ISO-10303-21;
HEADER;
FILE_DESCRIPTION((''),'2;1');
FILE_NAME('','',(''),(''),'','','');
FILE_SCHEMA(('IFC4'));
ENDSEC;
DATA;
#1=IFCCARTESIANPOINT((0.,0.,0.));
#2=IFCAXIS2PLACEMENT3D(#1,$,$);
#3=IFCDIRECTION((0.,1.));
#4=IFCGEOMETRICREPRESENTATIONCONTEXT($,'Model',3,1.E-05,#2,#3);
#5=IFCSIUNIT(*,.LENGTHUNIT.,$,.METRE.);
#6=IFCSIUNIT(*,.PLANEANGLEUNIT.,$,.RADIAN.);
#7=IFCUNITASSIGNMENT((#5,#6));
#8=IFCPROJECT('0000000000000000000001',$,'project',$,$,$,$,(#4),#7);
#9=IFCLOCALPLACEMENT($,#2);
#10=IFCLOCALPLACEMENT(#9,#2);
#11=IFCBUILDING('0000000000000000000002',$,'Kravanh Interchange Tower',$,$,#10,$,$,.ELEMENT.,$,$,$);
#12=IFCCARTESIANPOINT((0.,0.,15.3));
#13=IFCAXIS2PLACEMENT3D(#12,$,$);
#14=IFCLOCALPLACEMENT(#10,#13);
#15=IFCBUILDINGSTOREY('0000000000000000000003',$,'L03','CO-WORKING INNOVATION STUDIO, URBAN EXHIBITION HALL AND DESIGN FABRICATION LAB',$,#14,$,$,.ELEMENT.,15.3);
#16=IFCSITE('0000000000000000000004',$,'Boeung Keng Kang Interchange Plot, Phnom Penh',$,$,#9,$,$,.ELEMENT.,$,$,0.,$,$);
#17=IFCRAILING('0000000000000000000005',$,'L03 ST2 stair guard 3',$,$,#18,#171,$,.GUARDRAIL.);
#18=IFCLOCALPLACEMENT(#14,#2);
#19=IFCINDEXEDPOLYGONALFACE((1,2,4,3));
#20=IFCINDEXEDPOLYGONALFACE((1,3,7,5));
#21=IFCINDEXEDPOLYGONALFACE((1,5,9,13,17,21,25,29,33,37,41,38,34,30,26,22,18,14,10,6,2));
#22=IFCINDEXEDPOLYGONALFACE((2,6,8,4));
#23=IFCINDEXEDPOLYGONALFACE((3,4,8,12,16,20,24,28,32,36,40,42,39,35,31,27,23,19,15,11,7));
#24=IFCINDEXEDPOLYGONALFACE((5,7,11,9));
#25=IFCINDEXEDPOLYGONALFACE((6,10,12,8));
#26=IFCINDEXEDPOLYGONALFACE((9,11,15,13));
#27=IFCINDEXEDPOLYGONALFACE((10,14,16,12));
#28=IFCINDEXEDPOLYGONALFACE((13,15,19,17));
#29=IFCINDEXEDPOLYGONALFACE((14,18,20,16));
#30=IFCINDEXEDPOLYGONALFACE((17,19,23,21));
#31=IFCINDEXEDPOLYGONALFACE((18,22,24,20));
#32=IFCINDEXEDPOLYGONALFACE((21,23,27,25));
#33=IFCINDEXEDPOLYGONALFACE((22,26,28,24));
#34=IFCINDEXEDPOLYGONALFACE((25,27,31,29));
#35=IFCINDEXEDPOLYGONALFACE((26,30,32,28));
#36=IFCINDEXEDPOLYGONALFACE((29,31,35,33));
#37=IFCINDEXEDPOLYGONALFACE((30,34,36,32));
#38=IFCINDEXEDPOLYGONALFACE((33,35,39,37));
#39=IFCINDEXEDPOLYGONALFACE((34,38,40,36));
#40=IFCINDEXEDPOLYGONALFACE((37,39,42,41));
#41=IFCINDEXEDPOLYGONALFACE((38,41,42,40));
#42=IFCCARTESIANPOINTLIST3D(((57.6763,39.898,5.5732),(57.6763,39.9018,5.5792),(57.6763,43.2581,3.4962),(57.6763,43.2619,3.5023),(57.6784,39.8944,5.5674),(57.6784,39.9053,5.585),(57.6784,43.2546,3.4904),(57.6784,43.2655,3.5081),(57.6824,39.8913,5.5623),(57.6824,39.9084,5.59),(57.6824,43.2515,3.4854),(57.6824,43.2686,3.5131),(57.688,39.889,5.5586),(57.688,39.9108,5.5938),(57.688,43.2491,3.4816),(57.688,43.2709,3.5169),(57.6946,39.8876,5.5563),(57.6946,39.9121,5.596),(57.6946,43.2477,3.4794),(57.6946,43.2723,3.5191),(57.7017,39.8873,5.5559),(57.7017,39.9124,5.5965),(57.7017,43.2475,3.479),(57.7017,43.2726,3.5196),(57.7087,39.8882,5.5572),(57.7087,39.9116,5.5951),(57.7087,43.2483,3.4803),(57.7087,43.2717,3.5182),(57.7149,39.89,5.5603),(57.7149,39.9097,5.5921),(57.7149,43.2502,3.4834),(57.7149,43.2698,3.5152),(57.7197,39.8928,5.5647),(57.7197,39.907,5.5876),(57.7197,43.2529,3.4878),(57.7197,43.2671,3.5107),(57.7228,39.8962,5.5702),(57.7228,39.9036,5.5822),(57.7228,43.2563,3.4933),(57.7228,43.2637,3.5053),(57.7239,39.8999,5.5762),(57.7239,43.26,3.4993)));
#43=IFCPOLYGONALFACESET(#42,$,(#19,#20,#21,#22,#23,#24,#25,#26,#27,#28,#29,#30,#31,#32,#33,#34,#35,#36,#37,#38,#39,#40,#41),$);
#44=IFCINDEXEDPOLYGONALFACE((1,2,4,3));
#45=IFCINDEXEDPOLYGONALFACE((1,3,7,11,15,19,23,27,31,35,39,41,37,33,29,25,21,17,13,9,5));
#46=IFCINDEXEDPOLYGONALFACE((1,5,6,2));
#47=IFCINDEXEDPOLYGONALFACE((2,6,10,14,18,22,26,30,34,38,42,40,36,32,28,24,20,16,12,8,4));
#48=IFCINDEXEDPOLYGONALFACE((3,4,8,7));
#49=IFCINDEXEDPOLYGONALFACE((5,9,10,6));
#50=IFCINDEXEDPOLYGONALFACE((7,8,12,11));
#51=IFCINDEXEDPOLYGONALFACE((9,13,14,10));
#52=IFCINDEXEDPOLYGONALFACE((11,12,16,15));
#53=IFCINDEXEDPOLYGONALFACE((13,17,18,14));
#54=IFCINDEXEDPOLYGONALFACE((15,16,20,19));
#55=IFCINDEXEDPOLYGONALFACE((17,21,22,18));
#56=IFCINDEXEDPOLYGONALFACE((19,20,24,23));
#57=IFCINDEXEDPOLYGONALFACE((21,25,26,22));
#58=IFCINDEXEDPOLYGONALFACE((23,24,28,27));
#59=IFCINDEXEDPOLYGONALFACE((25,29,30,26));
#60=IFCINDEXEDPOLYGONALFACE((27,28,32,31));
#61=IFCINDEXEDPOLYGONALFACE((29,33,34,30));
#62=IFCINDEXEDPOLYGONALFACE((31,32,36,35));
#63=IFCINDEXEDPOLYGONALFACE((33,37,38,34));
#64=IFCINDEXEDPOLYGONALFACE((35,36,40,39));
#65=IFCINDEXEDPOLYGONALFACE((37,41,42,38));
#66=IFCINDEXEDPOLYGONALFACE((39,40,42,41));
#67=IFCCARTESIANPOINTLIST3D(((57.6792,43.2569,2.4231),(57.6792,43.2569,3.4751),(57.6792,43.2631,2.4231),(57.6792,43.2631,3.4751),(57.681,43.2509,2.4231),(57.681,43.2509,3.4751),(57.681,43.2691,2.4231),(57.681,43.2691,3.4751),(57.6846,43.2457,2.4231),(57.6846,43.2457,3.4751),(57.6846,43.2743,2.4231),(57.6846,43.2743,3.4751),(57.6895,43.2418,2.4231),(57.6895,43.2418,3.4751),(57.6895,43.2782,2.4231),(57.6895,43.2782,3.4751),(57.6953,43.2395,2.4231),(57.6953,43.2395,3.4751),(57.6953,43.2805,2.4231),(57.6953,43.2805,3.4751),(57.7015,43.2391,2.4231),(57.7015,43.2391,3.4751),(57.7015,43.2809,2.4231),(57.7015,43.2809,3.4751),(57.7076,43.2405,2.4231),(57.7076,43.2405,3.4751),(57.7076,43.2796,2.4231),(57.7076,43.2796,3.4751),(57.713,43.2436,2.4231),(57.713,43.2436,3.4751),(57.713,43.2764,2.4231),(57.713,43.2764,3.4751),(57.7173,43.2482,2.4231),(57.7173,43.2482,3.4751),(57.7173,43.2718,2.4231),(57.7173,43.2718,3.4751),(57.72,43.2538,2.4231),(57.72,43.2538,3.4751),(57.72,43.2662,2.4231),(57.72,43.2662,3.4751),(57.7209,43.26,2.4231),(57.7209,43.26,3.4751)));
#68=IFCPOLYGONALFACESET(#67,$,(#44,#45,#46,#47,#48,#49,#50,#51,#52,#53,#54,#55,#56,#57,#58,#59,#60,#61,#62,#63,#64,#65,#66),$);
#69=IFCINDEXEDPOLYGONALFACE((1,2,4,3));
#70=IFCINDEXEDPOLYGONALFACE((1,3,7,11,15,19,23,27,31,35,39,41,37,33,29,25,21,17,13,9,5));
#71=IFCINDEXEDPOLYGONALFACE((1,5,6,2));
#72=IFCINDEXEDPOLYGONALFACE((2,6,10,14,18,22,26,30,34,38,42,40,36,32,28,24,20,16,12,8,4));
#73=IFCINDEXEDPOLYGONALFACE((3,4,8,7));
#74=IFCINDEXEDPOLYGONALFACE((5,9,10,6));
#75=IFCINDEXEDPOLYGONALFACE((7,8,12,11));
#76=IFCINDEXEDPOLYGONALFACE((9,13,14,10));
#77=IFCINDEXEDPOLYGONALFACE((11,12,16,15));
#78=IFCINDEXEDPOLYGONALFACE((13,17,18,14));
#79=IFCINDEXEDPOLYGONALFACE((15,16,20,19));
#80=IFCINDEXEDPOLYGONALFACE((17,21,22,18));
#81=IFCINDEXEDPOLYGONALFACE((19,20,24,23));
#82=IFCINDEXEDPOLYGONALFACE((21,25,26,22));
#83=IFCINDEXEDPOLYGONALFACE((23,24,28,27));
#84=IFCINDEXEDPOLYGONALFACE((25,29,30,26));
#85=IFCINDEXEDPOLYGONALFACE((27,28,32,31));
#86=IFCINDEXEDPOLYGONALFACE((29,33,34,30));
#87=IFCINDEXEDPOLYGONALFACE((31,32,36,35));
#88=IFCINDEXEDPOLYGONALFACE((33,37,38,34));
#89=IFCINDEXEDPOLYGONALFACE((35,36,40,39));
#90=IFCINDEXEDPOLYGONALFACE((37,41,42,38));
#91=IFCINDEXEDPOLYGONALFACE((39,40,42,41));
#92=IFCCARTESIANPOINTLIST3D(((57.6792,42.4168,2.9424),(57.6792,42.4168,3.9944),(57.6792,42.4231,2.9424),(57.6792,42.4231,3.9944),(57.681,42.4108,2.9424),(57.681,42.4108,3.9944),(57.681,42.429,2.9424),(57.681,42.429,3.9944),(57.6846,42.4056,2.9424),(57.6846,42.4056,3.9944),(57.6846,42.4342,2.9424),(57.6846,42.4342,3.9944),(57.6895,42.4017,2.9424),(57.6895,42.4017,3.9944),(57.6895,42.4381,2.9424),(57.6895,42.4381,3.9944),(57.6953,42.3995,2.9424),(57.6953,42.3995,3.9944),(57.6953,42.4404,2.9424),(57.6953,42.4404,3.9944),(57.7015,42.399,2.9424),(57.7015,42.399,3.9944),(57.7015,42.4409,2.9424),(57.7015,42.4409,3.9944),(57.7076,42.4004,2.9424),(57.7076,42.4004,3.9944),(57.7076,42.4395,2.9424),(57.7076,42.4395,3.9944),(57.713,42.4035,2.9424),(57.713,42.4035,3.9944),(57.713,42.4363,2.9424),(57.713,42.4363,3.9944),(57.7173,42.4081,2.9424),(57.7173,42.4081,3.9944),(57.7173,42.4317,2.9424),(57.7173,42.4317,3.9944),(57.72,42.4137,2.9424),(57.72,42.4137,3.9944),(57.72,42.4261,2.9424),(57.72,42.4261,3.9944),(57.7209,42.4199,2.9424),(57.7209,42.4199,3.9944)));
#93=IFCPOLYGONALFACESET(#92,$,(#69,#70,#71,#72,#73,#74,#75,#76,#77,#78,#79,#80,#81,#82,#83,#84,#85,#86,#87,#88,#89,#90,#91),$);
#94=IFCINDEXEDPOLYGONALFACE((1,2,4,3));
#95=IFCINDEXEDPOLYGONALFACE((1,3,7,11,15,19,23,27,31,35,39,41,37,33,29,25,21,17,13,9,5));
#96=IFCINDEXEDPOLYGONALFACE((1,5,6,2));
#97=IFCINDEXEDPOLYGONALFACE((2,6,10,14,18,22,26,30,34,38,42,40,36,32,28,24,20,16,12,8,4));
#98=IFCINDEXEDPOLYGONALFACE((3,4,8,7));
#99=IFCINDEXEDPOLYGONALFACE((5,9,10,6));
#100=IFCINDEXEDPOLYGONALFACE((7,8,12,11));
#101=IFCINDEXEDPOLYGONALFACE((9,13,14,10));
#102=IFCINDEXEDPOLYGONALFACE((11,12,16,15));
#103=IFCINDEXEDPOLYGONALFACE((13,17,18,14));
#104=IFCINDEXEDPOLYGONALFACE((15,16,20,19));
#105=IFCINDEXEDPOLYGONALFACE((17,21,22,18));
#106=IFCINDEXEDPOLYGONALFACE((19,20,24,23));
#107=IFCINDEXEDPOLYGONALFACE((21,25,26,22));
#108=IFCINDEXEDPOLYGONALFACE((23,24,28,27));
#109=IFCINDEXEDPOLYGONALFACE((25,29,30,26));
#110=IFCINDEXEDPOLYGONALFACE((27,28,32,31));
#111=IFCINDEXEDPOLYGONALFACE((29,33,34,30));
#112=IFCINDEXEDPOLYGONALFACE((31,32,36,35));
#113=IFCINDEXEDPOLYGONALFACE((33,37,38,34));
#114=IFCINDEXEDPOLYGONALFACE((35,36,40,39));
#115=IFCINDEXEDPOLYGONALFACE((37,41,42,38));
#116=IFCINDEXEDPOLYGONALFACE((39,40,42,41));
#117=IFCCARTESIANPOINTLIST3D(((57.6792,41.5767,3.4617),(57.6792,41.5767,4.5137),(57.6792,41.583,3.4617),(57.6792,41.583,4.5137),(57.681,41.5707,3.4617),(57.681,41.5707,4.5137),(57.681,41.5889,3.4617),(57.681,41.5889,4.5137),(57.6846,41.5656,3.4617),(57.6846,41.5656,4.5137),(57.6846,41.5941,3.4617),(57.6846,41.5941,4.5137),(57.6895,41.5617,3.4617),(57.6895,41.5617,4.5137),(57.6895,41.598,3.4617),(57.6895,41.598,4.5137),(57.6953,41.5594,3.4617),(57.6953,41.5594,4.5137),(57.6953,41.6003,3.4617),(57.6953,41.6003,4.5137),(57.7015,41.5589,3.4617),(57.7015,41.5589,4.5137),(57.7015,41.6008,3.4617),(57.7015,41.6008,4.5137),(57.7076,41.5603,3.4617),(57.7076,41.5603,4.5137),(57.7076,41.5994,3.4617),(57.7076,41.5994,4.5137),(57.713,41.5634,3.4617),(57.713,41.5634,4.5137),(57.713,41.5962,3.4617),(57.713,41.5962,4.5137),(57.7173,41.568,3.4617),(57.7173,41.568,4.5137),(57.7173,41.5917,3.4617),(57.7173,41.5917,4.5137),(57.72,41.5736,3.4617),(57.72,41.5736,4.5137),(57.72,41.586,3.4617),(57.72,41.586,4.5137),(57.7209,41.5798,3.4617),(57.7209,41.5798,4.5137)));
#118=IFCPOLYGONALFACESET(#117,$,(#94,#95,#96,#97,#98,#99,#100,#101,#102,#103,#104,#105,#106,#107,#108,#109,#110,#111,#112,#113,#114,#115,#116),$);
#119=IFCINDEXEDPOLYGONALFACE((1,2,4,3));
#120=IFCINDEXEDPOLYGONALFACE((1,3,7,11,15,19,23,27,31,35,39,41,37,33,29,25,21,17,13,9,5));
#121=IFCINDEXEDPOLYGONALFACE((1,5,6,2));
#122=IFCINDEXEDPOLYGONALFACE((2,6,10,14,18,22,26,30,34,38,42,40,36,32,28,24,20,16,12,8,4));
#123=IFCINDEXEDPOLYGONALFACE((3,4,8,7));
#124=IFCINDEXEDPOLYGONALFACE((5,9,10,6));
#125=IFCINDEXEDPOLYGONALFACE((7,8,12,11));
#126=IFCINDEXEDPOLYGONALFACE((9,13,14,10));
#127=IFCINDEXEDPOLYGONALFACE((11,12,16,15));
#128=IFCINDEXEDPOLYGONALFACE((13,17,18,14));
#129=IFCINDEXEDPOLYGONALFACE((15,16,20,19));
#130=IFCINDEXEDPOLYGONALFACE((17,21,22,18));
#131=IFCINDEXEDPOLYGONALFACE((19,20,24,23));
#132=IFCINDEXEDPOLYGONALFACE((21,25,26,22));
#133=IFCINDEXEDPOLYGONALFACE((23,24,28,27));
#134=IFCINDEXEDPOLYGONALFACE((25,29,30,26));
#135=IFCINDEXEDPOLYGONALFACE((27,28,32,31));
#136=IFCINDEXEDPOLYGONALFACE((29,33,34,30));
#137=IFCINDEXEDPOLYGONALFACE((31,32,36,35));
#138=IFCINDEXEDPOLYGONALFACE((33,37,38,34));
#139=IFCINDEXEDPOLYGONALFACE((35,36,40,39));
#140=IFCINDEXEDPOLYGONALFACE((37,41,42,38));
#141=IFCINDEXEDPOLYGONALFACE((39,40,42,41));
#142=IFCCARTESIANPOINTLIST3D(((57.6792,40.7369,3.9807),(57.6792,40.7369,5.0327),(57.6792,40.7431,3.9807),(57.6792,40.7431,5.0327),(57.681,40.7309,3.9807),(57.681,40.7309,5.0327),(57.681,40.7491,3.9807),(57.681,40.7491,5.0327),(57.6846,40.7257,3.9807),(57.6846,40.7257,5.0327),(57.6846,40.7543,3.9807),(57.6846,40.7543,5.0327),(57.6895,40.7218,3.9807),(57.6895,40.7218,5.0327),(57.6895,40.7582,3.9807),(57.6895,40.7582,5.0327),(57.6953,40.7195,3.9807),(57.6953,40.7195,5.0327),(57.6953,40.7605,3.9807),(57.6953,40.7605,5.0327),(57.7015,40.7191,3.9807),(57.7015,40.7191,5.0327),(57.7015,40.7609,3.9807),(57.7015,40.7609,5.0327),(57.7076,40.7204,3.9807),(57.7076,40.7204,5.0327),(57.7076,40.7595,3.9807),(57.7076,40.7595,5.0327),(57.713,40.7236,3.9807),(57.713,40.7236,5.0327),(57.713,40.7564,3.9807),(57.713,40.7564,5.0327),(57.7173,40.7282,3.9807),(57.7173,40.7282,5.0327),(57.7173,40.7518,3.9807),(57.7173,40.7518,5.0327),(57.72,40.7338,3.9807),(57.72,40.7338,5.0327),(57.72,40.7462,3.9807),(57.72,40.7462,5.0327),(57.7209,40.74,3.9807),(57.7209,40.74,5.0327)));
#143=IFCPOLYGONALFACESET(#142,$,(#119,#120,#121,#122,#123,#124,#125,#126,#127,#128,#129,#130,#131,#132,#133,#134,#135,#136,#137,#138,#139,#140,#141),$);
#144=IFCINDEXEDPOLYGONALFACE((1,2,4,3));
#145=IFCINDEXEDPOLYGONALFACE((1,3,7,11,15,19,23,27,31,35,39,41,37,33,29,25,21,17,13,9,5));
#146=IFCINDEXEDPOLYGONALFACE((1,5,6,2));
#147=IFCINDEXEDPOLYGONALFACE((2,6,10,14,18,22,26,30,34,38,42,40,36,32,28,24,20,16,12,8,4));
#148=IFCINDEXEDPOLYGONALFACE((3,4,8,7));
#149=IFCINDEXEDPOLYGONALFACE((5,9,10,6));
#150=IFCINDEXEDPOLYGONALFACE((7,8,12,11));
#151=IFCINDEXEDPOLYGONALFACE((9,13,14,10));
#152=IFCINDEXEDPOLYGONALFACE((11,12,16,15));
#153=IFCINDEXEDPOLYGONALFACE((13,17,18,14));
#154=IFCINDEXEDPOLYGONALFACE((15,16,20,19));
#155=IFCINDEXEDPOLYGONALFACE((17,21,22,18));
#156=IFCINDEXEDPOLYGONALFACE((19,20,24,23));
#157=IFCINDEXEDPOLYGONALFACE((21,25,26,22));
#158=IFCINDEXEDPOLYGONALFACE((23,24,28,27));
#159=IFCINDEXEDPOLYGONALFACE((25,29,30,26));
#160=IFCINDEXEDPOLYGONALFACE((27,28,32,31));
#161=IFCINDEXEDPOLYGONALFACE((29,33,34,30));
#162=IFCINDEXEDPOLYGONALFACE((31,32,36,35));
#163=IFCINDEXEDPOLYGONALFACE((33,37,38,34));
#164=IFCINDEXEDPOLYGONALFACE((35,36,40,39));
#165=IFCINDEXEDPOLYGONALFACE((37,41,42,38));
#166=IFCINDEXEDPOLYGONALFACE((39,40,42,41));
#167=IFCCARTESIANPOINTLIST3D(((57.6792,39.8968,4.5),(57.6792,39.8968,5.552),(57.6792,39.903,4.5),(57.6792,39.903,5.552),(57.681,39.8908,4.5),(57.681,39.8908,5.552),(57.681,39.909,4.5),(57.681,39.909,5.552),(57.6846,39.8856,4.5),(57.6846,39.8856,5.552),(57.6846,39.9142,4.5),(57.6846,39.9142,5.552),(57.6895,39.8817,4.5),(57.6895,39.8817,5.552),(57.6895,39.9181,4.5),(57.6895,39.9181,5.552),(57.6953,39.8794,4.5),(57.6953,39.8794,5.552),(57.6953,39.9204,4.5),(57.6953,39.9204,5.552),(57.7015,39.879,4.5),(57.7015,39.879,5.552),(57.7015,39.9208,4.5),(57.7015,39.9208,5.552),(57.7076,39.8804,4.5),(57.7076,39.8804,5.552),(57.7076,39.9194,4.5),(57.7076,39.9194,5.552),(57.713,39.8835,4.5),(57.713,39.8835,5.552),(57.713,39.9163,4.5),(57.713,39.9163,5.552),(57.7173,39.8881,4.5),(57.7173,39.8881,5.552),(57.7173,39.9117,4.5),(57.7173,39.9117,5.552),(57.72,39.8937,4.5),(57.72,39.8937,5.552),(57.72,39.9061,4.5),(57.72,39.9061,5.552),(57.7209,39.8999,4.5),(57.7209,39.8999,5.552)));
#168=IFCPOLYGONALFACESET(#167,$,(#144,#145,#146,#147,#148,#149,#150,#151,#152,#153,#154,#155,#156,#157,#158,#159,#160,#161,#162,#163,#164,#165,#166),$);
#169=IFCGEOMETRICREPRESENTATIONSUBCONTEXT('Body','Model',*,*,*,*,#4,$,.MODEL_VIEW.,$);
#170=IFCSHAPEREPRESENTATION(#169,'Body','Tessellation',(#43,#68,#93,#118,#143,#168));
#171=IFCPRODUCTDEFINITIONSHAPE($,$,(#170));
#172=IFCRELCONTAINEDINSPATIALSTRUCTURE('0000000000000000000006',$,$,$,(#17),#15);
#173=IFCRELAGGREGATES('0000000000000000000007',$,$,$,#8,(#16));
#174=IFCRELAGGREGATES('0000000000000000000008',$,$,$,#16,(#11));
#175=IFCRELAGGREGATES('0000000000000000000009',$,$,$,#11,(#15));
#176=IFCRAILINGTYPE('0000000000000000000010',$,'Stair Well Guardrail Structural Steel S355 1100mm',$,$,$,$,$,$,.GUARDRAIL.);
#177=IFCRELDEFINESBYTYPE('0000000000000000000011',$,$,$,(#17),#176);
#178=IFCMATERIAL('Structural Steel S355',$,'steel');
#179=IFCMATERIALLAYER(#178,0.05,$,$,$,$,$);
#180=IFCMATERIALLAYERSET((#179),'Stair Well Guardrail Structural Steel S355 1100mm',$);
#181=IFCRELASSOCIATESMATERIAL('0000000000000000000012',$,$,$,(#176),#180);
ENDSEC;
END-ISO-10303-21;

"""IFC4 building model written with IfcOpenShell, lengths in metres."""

from ifc_helpers import new_model, si_unit, direction, frame, origin, origin_2d, place, context, subcontext, project, spatial, circle, extrude, material, layer, layer_set, type_object, element, save


model = new_model("IFC4")

# Units and contexts
model_context = context("Model", 3, precision=1e-05, world=origin(), true_north=direction((0.0, 1.0)))
body_context = subcontext(model_context, "Body", "Model", "MODEL_VIEW")
ifc_project = project(units=[si_unit("LENGTHUNIT", "METRE"), si_unit("PLANEANGLEUNIT", "RADIAN")], contexts=[model_context])

# Site, building, storey
site_placement = place(None, origin())
site = spatial("IfcSite", under=ifc_project, at=site_placement, Name="Boeung Keng Kang Interchange Plot, Phnom Penh", CompositionType="ELEMENT", RefElevation=0.0)
building_placement = place(site_placement, origin())
building = spatial("IfcBuilding", under=site, at=building_placement, Name="Kravanh Interchange Tower", CompositionType="ELEMENT")
storey_placement = place(building_placement, frame((0.0, 0.0, 15.3)))
storey = spatial("IfcBuildingStorey", under=building, at=storey_placement, Name="L03", Description="CO-WORKING INNOVATION STUDIO, URBAN EXHIBITION HALL AND DESIGN FABRICATION LAB", CompositionType="ELEMENT", Elevation=15.3)

# Railing
ifc_material_1 = material(Name="Structural Steel S355", Category="steel")
ifc_layer_1 = layer(ifc_material_1, 0.05)
ifc_layer_set_1 = layer_set([ifc_layer_1], Name="Stair Well Guardrail Structural Steel S355 1100mm")
railing_type_1 = type_object("IfcRailingType", Name="Stair Well Guardrail Structural Steel S355 1100mm", PredefinedType="GUARDRAIL", material=ifc_layer_set_1)
railing_1_placement = place(storey_placement, frame((57.7, 43.26, 2.4231)))
element("IfcRailing", 1, at=railing_1_placement, inside=storey, type_object=railing_type_1, Name="L03 ST2 stair guard 3", PredefinedType="GUARDRAIL", context=body_context, shape_type="SweptSolid", body=[
    extrude(circle(Radius=0.0239, at=origin_2d()), frame((0.0, 0.0, 1.0762), z_axis=(0.0, -0.850623, 0.525776), x_axis=(1.0, 0.0, 0.0)), (0.0, 0.0, 1.0), 3.9502),
    extrude(circle(Radius=0.021, at=origin_2d()), origin(), (0.0, 0.0, 1.0), 1.052),
    extrude(circle(Radius=0.021, at=origin_2d()), frame((0.0, -0.8401, 0.5193)), (0.0, 0.0, 1.0), 1.052),
    extrude(circle(Radius=0.021, at=origin_2d()), frame((0.0, -1.6802, 1.0386)), (0.0, 0.0, 1.0), 1.052),
    extrude(circle(Radius=0.021, at=origin_2d()), frame((0.0, -2.52, 1.5576)), (0.0, 0.0, 1.0), 1.052),
    extrude(circle(Radius=0.021, at=origin_2d()), frame((0.0, -3.3601, 2.0769)), (0.0, 0.0, 1.0), 1.052),
])

save(model, "model.ifc")
